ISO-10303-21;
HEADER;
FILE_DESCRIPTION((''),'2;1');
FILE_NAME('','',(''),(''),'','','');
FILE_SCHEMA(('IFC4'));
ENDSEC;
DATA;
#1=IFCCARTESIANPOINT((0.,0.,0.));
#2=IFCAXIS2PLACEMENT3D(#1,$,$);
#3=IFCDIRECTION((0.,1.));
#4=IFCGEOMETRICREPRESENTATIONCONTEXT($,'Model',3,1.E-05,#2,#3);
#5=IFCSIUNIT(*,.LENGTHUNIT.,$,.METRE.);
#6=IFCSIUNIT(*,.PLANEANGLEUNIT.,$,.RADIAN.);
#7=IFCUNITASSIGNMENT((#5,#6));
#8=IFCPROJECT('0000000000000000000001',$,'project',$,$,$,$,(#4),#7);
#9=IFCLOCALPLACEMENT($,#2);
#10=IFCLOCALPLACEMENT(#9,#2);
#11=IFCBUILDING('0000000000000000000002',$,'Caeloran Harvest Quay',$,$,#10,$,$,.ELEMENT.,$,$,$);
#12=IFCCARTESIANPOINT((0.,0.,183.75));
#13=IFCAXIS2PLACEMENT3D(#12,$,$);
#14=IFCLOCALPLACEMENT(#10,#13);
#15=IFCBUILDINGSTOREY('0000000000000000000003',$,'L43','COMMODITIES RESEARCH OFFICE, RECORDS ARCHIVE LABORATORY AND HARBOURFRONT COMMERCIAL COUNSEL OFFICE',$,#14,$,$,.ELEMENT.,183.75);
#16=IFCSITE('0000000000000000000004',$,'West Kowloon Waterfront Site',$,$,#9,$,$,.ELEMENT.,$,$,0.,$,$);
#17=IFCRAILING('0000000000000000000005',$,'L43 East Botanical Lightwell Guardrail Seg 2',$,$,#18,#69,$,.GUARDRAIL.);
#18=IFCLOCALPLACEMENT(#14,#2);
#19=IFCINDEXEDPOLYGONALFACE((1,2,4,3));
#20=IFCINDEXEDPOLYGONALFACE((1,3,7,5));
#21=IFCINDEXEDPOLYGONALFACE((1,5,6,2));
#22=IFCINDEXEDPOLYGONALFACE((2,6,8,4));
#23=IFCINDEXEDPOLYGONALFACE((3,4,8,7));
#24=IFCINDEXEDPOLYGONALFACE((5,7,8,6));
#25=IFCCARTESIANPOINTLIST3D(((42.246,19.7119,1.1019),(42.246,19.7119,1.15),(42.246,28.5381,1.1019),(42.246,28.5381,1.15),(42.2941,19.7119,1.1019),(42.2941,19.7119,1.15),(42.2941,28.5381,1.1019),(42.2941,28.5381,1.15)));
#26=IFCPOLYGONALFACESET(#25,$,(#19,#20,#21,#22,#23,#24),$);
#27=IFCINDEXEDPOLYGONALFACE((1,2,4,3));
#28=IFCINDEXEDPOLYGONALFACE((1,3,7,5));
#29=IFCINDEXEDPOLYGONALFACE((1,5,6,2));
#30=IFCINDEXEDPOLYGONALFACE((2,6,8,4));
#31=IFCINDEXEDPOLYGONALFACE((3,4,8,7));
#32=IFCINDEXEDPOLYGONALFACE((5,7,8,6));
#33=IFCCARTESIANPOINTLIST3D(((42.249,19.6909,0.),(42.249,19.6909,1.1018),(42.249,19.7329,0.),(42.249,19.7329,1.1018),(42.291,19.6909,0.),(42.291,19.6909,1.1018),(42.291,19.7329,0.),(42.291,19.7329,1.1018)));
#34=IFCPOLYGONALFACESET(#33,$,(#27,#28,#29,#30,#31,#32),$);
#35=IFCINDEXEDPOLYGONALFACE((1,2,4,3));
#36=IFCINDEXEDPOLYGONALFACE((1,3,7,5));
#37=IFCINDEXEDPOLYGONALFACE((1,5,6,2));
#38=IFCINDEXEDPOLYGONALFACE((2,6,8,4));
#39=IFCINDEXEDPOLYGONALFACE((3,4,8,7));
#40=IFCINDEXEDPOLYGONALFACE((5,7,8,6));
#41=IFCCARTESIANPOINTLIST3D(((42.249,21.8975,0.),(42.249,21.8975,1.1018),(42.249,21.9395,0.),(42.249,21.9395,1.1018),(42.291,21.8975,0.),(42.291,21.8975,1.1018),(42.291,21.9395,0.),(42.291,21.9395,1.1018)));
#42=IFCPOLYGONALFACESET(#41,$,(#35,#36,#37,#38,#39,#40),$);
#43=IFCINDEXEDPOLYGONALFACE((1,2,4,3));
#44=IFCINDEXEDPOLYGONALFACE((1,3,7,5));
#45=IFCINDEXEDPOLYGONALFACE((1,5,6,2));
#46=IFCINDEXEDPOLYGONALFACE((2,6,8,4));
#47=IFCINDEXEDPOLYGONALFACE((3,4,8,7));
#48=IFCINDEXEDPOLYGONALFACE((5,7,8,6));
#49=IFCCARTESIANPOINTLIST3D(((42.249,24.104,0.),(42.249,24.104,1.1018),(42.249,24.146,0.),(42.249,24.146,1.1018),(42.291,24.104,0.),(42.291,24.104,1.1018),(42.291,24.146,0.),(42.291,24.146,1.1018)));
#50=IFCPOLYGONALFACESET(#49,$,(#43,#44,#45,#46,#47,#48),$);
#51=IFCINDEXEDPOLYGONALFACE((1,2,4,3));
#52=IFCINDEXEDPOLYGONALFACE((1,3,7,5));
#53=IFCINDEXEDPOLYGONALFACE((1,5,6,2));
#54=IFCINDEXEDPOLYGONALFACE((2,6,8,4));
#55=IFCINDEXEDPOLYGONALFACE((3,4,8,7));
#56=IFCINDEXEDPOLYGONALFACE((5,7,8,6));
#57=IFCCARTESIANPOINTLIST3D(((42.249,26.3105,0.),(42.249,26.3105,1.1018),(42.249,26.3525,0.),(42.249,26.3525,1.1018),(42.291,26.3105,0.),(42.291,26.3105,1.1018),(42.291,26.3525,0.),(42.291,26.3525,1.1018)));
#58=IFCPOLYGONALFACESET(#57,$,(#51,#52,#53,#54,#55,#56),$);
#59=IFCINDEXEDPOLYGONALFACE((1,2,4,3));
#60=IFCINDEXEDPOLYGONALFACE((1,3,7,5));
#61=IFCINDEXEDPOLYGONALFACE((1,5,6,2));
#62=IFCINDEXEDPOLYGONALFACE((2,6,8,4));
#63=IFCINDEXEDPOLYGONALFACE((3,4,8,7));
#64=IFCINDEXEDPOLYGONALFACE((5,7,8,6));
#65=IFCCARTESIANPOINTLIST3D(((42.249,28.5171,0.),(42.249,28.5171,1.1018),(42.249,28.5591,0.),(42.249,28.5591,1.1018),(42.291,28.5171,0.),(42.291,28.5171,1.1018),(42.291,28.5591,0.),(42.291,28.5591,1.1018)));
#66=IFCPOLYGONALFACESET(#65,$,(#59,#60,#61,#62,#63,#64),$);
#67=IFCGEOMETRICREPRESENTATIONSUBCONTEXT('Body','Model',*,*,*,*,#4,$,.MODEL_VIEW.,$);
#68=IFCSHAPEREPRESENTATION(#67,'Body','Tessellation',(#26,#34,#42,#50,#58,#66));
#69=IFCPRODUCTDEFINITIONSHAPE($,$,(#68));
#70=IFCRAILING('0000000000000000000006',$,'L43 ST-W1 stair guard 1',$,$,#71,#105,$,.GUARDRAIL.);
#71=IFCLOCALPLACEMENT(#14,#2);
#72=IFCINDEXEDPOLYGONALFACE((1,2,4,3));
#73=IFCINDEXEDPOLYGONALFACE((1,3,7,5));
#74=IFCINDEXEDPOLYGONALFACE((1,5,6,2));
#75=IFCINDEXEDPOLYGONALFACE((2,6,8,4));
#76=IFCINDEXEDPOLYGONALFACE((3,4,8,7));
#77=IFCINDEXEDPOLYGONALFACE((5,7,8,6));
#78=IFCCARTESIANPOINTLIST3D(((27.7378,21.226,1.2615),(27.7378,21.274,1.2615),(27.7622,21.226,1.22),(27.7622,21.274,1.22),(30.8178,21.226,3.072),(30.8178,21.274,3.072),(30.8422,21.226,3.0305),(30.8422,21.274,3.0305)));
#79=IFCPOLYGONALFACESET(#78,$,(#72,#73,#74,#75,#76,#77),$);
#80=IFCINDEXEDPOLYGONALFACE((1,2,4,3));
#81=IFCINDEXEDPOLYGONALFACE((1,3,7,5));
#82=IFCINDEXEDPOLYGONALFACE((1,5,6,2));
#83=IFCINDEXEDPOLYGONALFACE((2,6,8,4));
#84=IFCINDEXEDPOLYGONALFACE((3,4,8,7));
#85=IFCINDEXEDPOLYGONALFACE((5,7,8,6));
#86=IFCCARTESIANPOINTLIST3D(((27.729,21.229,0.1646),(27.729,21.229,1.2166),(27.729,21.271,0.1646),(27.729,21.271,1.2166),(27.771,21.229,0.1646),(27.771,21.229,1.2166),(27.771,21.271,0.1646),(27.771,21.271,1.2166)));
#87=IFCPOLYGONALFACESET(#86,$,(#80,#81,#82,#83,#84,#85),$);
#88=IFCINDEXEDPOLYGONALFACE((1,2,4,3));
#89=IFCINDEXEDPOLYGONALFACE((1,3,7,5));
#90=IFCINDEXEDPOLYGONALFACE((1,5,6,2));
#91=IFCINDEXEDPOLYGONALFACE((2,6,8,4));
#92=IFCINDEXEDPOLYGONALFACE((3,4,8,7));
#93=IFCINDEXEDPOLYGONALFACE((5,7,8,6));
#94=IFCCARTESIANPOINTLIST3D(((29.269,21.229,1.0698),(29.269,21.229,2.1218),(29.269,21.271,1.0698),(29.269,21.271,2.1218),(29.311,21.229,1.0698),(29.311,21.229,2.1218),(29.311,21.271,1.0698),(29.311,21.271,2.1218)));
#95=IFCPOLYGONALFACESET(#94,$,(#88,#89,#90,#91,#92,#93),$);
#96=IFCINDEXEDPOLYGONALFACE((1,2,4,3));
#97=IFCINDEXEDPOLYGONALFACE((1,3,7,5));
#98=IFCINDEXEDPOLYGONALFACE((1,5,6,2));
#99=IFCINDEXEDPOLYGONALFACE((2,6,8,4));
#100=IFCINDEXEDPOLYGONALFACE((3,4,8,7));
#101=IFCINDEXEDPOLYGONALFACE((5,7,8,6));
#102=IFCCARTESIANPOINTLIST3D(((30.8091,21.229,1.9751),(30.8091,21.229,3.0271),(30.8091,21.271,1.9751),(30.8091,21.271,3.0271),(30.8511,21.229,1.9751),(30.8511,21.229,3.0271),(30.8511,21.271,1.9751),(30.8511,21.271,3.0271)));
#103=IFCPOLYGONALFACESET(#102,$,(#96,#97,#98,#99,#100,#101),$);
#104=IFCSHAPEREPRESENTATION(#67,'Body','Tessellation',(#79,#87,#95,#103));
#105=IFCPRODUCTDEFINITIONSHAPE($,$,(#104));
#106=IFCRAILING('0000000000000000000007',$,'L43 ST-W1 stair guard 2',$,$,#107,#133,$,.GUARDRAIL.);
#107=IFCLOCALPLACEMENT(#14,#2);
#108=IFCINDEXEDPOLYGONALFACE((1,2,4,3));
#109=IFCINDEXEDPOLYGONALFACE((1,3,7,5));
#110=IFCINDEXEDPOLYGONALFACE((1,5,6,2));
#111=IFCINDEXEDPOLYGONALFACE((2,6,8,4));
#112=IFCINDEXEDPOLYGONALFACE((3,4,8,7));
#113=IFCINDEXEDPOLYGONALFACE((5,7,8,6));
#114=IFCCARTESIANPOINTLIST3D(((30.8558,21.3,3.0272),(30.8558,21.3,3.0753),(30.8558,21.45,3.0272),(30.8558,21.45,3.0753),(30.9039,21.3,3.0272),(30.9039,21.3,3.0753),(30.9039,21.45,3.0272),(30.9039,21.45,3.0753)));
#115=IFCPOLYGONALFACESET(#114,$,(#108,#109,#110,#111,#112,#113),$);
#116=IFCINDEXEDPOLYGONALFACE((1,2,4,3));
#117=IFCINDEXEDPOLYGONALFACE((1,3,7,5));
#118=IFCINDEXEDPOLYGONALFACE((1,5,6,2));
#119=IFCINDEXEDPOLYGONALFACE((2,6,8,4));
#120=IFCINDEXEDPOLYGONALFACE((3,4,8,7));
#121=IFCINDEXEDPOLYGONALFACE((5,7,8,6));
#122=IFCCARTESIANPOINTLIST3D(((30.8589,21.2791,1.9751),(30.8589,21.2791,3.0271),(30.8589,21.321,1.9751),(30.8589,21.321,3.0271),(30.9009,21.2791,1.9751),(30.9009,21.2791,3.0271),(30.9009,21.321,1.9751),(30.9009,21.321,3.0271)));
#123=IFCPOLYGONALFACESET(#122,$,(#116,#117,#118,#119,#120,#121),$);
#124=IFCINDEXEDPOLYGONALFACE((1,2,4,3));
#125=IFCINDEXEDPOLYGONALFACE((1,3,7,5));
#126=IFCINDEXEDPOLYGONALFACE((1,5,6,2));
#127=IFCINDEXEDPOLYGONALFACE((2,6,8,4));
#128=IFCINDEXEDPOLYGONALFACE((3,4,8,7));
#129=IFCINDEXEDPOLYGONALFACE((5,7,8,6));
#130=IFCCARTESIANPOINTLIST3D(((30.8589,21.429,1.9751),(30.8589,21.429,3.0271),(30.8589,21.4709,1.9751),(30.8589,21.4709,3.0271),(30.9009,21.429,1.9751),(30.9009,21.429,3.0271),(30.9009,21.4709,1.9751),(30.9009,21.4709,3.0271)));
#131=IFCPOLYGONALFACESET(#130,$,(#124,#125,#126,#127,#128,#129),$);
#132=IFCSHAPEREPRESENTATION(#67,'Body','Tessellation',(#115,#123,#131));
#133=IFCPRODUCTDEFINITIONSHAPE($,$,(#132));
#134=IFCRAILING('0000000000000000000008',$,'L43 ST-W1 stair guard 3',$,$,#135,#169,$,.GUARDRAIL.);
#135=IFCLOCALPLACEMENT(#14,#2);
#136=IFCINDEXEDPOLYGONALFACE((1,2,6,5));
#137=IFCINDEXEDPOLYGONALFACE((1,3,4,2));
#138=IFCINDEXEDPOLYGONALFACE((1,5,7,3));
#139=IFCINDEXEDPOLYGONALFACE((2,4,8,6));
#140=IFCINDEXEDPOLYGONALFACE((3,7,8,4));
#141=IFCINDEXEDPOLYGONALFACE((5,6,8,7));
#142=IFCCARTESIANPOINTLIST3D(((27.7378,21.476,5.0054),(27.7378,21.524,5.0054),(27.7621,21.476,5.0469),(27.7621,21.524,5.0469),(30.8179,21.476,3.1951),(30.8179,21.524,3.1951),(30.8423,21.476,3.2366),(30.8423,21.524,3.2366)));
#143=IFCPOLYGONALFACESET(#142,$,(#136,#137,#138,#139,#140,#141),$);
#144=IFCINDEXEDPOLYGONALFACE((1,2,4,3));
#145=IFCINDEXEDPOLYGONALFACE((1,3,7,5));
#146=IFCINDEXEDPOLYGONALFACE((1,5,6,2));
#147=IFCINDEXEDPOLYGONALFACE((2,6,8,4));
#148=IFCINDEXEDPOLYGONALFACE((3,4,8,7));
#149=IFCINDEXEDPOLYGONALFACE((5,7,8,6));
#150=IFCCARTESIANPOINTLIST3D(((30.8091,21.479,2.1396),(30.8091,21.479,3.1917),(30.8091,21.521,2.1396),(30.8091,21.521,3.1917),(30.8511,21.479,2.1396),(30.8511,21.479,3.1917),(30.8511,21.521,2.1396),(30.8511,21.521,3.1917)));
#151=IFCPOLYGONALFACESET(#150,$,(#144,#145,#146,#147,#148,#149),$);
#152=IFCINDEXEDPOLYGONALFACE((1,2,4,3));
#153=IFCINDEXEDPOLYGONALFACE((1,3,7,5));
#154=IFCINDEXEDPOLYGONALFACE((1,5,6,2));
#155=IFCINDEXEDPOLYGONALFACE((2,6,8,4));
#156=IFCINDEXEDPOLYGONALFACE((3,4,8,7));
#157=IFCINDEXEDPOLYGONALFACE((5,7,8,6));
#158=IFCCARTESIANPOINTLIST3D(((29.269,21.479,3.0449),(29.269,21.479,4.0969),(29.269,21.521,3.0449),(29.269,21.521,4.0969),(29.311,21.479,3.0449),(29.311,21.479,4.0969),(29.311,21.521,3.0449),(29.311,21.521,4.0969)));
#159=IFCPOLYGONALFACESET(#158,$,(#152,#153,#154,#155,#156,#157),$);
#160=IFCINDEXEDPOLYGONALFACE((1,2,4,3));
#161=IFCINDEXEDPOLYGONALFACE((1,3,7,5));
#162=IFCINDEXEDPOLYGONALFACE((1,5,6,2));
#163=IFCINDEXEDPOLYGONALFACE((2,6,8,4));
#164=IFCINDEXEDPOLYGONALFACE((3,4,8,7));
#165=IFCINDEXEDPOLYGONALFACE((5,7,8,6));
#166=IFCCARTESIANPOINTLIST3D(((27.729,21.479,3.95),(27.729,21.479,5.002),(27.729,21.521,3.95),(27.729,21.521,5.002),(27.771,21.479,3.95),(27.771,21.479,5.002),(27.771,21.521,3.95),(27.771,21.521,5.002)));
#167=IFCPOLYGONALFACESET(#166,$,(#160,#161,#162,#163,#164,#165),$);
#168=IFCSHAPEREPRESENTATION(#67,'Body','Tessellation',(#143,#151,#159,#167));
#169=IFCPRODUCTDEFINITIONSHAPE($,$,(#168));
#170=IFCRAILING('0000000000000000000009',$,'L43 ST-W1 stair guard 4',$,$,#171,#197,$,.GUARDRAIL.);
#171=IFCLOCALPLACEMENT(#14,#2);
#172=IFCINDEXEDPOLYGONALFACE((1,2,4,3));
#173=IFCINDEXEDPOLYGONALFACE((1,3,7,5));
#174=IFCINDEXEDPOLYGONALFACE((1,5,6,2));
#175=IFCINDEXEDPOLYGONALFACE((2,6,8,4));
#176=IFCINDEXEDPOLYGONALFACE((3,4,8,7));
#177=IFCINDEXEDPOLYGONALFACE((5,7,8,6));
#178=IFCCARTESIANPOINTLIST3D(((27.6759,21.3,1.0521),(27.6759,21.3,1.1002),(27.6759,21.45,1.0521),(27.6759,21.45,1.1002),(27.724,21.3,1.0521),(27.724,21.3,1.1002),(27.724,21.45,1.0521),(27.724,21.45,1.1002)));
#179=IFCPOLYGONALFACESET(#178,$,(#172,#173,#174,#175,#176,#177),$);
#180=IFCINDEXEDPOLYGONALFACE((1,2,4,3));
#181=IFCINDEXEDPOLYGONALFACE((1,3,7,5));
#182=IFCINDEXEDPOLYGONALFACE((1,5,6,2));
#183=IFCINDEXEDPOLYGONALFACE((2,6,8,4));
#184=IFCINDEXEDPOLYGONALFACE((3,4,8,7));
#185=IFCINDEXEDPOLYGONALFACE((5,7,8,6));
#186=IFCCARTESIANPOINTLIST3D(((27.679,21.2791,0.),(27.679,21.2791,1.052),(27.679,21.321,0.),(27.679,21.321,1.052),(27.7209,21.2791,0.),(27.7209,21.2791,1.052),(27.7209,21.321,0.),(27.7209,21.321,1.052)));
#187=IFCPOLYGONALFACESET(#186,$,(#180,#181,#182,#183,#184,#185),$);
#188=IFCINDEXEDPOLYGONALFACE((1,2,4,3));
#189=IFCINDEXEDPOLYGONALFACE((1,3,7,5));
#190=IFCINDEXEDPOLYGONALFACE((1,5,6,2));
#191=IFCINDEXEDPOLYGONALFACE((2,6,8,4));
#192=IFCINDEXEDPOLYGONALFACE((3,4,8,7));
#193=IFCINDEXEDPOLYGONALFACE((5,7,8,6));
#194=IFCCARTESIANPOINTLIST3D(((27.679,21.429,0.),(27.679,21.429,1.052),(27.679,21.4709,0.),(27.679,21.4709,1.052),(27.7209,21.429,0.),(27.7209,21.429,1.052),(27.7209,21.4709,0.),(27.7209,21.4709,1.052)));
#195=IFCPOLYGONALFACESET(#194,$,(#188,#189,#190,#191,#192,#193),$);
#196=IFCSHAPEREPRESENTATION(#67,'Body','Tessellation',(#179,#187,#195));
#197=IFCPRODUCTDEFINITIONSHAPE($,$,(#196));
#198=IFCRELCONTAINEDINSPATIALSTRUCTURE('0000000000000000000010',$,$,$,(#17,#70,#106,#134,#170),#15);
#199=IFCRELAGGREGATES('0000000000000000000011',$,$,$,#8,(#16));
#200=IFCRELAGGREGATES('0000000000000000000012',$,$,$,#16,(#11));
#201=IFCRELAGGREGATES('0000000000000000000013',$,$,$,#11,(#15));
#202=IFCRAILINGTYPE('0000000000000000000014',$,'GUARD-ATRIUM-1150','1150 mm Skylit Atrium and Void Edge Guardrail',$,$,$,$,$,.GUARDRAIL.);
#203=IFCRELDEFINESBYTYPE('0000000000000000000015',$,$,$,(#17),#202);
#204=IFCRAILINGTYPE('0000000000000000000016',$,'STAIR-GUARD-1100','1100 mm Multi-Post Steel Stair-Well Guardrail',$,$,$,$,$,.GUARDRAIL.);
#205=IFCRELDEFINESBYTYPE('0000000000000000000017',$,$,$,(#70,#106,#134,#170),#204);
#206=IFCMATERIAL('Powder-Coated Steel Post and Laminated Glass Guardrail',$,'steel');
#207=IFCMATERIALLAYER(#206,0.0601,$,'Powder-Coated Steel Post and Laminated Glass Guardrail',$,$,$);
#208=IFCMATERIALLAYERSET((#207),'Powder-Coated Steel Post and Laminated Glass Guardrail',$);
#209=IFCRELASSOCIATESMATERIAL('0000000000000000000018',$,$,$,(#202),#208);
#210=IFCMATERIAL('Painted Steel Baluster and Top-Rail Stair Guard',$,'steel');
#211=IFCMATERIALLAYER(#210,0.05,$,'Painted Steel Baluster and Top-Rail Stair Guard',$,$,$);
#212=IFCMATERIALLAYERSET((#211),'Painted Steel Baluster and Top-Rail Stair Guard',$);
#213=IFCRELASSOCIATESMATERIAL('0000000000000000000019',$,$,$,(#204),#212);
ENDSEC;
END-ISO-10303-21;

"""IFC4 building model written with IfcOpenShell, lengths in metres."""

from ifc_helpers import new_model, si_unit, direction, frame, origin, origin_2d, place, context, subcontext, project, spatial, rectangle, extrude, material, layer, layer_set, type_object, element, save


model = new_model("IFC4")

# Units and contexts
model_context = context("Model", 3, precision=1e-05, world=origin(), true_north=direction((0.0, 1.0)))
body_context = subcontext(model_context, "Body", "Model", "MODEL_VIEW")
ifc_project = project(units=[si_unit("LENGTHUNIT", "METRE"), si_unit("PLANEANGLEUNIT", "RADIAN")], contexts=[model_context])

# Site, building, storey
site_placement = place(None, origin())
site = spatial("IfcSite", under=ifc_project, at=site_placement, Name="West Kowloon Waterfront Site", CompositionType="ELEMENT", RefElevation=0.0)
building_placement = place(site_placement, origin())
building = spatial("IfcBuilding", under=site, at=building_placement, Name="Caeloran Harvest Quay", CompositionType="ELEMENT")
storey_placement = place(building_placement, frame((0.0, 0.0, 183.75)))
storey = spatial("IfcBuildingStorey", under=building, at=storey_placement, Name="L43", Description="COMMODITIES RESEARCH OFFICE, RECORDS ARCHIVE LABORATORY AND HARBOURFRONT COMMERCIAL COUNSEL OFFICE", CompositionType="ELEMENT", Elevation=183.75)

# Railings
ifc_material_1 = material(Name="Powder-Coated Steel Post and Laminated Glass Guardrail", Category="steel")
ifc_layer_1 = layer(ifc_material_1, 0.0601, Name="Powder-Coated Steel Post and Laminated Glass Guardrail")
ifc_layer_set_1 = layer_set([ifc_layer_1], Name="Powder-Coated Steel Post and Laminated Glass Guardrail")
railing_type_1 = type_object("IfcRailingType", Name="GUARD-ATRIUM-1150", Description="1150 mm Skylit Atrium and Void Edge Guardrail", PredefinedType="GUARDRAIL", material=ifc_layer_set_1)
railing_1_placement = place(storey_placement, frame((42.27, 19.7119, 0.0)))
element("IfcRailing", 1, at=railing_1_placement, inside=storey, type_object=railing_type_1, Name="L43 East Botanical Lightwell Guardrail Seg 2", PredefinedType="GUARDRAIL", context=body_context, shape_type="SweptSolid", body=[
    extrude(rectangle(XDim=0.0481, YDim=0.0481, at=origin_2d()), frame((0.0, 0.0, 1.126), z_axis=(0.0, 1.0, 0.0), x_axis=(-1.0, 0.0, 0.0)), (0.0, 0.0, 1.0), 8.8262),
    extrude(rectangle(XDim=0.042, YDim=0.042, at=origin_2d()), origin(), (0.0, 0.0, 1.0), 1.1018),
    extrude(rectangle(XDim=0.042, YDim=0.042, at=origin_2d()), frame((0.0, 2.2065, 0.0)), (0.0, 0.0, 1.0), 1.1018),
    extrude(rectangle(XDim=0.042, YDim=0.042, at=origin_2d()), frame((0.0, 4.4131, 0.0)), (0.0, 0.0, 1.0), 1.1018),
    extrude(rectangle(XDim=0.042, YDim=0.042, at=origin_2d()), frame((0.0, 6.6196, 0.0)), (0.0, 0.0, 1.0), 1.1018),
    extrude(rectangle(XDim=0.042, YDim=0.042, at=origin_2d()), frame((0.0, 8.8262, 0.0)), (0.0, 0.0, 1.0), 1.1018),
])
ifc_material_2 = material(Name="Painted Steel Baluster and Top-Rail Stair Guard", Category="steel")
ifc_layer_2 = layer(ifc_material_2, 0.05, Name="Painted Steel Baluster and Top-Rail Stair Guard")
ifc_layer_set_2 = layer_set([ifc_layer_2], Name="Painted Steel Baluster and Top-Rail Stair Guard")
railing_type_2 = type_object("IfcRailingType", Name="STAIR-GUARD-1100", Description="1100 mm Multi-Post Steel Stair-Well Guardrail", PredefinedType="GUARDRAIL", material=ifc_layer_set_2)
railing_2_placement = place(storey_placement, frame((27.75, 21.25, 0.1646)))
element("IfcRailing", 2, at=railing_2_placement, inside=storey, type_object=railing_type_2, Name="L43 ST-W1 stair guard 1", PredefinedType="GUARDRAIL", context=body_context, shape_type="SweptSolid", body=[
    extrude(rectangle(XDim=0.0481, YDim=0.0481, at=origin_2d()), frame((0.0, 0.0, 1.0762), z_axis=(0.862089, 0.0, 0.506757), x_axis=(0.0, 1.0, 0.0)), (0.0, 0.0, 1.0), 3.5728),
    extrude(rectangle(XDim=0.042, YDim=0.042, at=origin_2d()), origin(), (0.0, 0.0, 1.0), 1.052),
    extrude(rectangle(XDim=0.042, YDim=0.042, at=origin_2d()), frame((1.54, 0.0, 0.9053)), (0.0, 0.0, 1.0), 1.052),
    extrude(rectangle(XDim=0.042, YDim=0.042, at=origin_2d()), frame((3.0801, 0.0, 1.8105)), (0.0, 0.0, 1.0), 1.052),
])
railing_3_placement = place(storey_placement, frame((30.8799, 21.3, 1.9751)))
element("IfcRailing", 3, at=railing_3_placement, inside=storey, type_object=railing_type_2, Name="L43 ST-W1 stair guard 2", PredefinedType="GUARDRAIL", context=body_context, shape_type="SweptSolid", body=[
    extrude(rectangle(XDim=0.0481, YDim=0.0481, at=origin_2d()), frame((0.0, 0.0, 1.0762), z_axis=(0.0, 1.0, 0.0), x_axis=(-1.0, 0.0, 0.0)), (0.0, 0.0, 1.0), 0.1499),
    extrude(rectangle(XDim=0.042, YDim=0.042, at=origin_2d()), origin(), (0.0, 0.0, 1.0), 1.052),
    extrude(rectangle(XDim=0.042, YDim=0.042, at=origin_2d()), frame((0.0, 0.1499, 0.0)), (0.0, 0.0, 1.0), 1.052),
])
railing_4_placement = place(storey_placement, frame((30.8301, 21.5, 2.1396)))
element("IfcRailing", 4, at=railing_4_placement, inside=storey, type_object=railing_type_2, Name="L43 ST-W1 stair guard 3", PredefinedType="GUARDRAIL", context=body_context, shape_type="SweptSolid", body=[
    extrude(rectangle(XDim=0.0481, YDim=0.0481, at=origin_2d()), frame((0.0, 0.0, 1.0762), z_axis=(-0.862119, 0.0, 0.506707), x_axis=(0.0, -1.0, 0.0)), (0.0, 0.0, 1.0), 3.5728),
    extrude(rectangle(XDim=0.042, YDim=0.042, at=origin_2d()), origin(), (0.0, 0.0, 1.0), 1.052),
    extrude(rectangle(XDim=0.042, YDim=0.042, at=origin_2d()), frame((-1.54, 0.0, 0.9053)), (0.0, 0.0, 1.0), 1.052),
    extrude(rectangle(XDim=0.042, YDim=0.042, at=origin_2d()), frame((-3.0801, 0.0, 1.8103)), (0.0, 0.0, 1.0), 1.052),
])
railing_5_placement = place(storey_placement, frame((27.7, 21.3, 0.0)))
element("IfcRailing", 5, at=railing_5_placement, inside=storey, type_object=railing_type_2, Name="L43 ST-W1 stair guard 4", PredefinedType="GUARDRAIL", context=body_context, shape_type="SweptSolid", body=[
    extrude(rectangle(XDim=0.0481, YDim=0.0481, at=origin_2d()), frame((0.0, 0.0, 1.0762), z_axis=(0.0, 1.0, 0.0), x_axis=(-1.0, 0.0, 0.0)), (0.0, 0.0, 1.0), 0.1499),
    extrude(rectangle(XDim=0.042, YDim=0.042, at=origin_2d()), origin(), (0.0, 0.0, 1.0), 1.052),
    extrude(rectangle(XDim=0.042, YDim=0.042, at=origin_2d()), frame((0.0, 0.1499, 0.0)), (0.0, 0.0, 1.0), 1.052),
])

save(model, "model.ifc")
